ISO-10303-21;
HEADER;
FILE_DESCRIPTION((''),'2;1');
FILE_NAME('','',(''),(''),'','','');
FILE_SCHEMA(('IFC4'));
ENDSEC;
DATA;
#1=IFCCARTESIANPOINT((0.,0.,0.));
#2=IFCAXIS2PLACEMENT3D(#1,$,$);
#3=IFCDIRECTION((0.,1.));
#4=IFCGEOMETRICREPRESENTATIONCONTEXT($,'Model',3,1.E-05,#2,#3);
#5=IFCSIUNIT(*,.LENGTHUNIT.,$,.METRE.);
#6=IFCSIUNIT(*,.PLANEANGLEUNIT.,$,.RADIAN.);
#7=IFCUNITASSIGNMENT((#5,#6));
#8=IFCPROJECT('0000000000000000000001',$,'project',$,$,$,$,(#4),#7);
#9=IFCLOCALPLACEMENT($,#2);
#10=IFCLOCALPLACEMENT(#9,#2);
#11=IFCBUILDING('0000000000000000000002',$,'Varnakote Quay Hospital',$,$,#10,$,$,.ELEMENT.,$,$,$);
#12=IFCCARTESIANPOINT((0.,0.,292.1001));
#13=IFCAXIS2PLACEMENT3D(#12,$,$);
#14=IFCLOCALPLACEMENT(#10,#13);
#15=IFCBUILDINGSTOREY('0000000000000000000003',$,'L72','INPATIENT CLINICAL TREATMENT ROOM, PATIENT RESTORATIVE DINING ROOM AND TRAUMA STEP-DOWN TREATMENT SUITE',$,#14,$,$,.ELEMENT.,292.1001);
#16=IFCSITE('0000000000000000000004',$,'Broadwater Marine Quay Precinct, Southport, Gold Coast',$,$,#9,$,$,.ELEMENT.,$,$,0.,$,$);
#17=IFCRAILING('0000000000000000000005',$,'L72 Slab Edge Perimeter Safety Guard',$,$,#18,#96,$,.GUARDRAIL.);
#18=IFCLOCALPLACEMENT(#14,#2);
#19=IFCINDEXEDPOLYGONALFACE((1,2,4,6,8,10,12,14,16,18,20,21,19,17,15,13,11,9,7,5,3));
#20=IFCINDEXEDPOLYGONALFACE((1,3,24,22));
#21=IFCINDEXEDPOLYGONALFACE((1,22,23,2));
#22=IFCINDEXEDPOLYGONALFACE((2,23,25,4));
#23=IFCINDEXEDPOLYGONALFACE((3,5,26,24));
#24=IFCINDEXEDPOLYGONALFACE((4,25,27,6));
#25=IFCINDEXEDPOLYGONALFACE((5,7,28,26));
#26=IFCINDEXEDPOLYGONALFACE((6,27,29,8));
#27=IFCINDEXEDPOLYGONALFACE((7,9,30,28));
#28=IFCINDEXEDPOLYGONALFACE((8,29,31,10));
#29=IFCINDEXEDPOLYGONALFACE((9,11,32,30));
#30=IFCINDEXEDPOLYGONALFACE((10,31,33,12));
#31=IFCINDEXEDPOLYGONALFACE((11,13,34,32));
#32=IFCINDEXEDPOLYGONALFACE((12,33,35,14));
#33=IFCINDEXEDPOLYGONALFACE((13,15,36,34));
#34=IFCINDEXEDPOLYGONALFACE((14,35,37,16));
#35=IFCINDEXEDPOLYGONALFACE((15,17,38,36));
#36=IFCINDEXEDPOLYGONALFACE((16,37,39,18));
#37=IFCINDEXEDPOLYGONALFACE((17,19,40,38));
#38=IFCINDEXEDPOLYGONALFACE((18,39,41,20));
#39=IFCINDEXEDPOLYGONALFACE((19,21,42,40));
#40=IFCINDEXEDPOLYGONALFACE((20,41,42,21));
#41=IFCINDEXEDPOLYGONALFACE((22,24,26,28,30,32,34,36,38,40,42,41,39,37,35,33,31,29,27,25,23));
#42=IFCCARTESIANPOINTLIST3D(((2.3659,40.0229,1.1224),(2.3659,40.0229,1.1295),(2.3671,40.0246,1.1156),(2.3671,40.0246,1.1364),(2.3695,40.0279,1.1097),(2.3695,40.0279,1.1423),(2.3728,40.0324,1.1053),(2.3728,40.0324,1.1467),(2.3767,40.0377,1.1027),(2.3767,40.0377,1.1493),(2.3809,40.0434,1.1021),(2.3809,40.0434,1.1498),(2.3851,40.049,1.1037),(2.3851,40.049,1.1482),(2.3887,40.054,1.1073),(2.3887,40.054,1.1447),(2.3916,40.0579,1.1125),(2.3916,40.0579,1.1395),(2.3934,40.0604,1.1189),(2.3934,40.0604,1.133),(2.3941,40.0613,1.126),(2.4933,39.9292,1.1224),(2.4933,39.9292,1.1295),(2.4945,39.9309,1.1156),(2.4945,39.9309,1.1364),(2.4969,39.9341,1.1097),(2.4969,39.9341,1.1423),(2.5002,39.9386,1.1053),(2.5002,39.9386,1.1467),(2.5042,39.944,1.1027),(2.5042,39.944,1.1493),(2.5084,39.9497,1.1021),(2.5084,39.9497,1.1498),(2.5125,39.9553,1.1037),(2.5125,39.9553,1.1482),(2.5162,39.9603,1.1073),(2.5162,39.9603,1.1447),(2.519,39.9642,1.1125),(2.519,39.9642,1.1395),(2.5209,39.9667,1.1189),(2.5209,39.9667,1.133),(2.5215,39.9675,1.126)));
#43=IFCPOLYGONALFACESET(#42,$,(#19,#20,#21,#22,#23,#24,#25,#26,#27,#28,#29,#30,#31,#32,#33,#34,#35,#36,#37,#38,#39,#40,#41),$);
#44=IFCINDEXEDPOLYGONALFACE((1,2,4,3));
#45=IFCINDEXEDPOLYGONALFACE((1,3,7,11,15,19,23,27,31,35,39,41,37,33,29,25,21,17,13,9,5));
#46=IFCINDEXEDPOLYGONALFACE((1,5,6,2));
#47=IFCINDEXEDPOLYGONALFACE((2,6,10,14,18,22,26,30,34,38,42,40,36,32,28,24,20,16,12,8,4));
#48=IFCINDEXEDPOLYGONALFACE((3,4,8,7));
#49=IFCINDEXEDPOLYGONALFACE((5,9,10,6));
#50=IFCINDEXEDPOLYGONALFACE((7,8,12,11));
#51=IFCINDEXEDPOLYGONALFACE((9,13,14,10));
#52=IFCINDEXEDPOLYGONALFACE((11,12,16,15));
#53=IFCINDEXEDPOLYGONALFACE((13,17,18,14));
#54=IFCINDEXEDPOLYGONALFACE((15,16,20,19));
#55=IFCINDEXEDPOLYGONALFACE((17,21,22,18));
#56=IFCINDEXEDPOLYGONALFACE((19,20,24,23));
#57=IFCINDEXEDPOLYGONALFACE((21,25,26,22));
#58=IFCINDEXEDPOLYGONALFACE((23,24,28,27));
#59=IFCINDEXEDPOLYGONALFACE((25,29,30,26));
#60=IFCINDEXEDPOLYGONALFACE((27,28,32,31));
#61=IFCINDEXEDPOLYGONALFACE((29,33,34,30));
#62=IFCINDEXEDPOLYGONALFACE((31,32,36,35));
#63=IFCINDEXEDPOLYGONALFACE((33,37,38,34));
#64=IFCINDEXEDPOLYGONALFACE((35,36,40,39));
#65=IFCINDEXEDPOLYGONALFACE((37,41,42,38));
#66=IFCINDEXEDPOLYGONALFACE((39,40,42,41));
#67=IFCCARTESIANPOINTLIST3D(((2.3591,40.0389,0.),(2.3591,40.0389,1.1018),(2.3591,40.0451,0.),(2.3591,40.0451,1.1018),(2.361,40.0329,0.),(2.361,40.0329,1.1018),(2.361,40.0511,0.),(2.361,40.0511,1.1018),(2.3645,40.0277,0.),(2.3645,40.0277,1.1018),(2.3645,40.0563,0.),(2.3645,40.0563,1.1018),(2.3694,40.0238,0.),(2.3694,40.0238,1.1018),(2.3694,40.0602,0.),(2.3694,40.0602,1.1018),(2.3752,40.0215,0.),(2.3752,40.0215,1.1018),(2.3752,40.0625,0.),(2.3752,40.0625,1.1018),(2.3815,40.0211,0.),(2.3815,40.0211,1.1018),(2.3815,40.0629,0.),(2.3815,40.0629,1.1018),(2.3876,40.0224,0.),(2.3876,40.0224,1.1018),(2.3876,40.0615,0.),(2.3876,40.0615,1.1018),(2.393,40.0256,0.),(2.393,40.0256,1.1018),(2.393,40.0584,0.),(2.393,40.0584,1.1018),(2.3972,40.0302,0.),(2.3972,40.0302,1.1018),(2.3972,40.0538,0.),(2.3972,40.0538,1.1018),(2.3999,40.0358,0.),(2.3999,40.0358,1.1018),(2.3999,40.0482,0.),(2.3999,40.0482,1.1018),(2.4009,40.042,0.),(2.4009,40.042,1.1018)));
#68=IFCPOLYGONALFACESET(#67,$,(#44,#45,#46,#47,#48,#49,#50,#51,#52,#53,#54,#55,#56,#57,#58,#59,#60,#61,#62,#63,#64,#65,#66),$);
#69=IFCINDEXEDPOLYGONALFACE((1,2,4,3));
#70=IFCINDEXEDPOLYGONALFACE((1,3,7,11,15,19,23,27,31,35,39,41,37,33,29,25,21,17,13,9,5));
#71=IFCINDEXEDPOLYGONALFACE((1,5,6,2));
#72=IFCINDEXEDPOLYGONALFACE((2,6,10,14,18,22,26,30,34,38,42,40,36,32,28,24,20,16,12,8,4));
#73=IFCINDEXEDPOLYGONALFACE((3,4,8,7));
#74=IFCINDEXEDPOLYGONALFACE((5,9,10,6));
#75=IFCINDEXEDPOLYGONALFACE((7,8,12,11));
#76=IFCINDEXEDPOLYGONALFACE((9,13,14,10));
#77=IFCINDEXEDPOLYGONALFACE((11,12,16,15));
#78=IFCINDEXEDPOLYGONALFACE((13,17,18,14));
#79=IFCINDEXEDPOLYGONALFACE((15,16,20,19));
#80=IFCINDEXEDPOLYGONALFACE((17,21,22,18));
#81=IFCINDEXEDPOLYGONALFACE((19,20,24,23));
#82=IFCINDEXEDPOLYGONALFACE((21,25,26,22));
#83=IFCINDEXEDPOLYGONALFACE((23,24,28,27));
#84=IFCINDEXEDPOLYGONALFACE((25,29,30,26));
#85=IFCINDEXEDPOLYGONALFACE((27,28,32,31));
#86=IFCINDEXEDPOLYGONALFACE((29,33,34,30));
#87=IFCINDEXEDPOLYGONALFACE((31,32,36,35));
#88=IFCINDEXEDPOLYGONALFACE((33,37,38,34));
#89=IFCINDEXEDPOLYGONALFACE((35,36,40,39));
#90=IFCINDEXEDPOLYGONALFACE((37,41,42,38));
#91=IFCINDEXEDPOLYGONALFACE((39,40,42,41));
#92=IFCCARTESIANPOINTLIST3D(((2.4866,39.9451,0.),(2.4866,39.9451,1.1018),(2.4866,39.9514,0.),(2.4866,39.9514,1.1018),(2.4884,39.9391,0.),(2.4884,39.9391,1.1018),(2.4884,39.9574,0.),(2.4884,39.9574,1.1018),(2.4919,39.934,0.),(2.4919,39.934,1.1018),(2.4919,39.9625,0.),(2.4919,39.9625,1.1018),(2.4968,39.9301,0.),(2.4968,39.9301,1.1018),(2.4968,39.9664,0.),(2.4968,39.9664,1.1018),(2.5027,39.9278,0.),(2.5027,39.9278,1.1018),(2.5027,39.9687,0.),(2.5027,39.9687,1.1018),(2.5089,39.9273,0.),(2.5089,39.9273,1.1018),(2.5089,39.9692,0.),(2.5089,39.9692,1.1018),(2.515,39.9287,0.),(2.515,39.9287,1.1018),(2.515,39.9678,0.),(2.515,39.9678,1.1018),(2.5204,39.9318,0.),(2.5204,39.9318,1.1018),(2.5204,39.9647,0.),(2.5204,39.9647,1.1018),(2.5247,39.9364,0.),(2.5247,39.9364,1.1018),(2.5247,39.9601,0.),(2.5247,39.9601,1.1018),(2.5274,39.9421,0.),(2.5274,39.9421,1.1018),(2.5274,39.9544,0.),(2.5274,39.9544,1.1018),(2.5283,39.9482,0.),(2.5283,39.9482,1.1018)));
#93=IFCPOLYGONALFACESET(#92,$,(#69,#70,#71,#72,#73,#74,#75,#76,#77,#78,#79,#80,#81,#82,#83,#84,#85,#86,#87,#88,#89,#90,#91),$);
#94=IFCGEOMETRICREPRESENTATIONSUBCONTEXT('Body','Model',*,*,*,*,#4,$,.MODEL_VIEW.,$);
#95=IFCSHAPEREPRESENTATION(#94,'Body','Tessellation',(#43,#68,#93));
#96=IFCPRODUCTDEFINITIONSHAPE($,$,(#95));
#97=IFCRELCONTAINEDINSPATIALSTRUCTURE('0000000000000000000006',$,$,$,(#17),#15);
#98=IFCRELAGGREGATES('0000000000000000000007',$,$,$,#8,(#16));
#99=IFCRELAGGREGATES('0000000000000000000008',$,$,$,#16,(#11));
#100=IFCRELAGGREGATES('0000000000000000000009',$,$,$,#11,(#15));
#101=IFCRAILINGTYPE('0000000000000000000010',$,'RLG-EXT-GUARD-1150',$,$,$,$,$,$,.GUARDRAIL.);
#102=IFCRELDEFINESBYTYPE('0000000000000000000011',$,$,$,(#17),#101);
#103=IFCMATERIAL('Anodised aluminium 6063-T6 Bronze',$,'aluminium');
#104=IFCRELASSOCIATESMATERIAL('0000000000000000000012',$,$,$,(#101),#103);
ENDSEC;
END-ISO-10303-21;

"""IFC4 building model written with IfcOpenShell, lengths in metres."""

from ifc_helpers import new_model, si_unit, direction, frame, origin, origin_2d, place, context, subcontext, project, spatial, circle, extrude, material, type_object, element, save


model = new_model("IFC4")

# Units and contexts
model_context = context("Model", 3, precision=1e-05, world=origin(), true_north=direction((0.0, 1.0)))
body_context = subcontext(model_context, "Body", "Model", "MODEL_VIEW")
ifc_project = project(units=[si_unit("LENGTHUNIT", "METRE"), si_unit("PLANEANGLEUNIT", "RADIAN")], contexts=[model_context])

# Site, building, storey
site_placement = place(None, origin())
site = spatial("IfcSite", under=ifc_project, at=site_placement, Name="Broadwater Marine Quay Precinct, Southport, Gold Coast", CompositionType="ELEMENT", RefElevation=0.0)
building_placement = place(site_placement, origin())
building = spatial("IfcBuilding", under=site, at=building_placement, Name="Varnakote Quay Hospital", CompositionType="ELEMENT")
storey_placement = place(building_placement, frame((0.0, 0.0, 292.1001)))
storey = spatial("IfcBuildingStorey", under=building, at=storey_placement, Name="L72", Description="INPATIENT CLINICAL TREATMENT ROOM, PATIENT RESTORATIVE DINING ROOM AND TRAUMA STEP-DOWN TREATMENT SUITE", CompositionType="ELEMENT", Elevation=292.1001)

# Railing
ifc_material_1 = material(Name="Anodised aluminium 6063-T6 Bronze", Category="aluminium")
railing_type = type_object("IfcRailingType", Name="RLG-EXT-GUARD-1150", PredefinedType="GUARDRAIL", material=ifc_material_1)
railing_1_placement = place(storey_placement, frame((2.3799, 40.042, 0.0)))
element("IfcRailing", 1, at=railing_1_placement, inside=storey, type_object=railing_type, Name="L72 Slab Edge Perimeter Safety Guard", PredefinedType="GUARDRAIL", context=body_context, shape_type="SweptSolid", body=[
    extrude(circle(Radius=0.0239, at=origin_2d()), frame((0.0, 0.0, 1.126), z_axis=(0.805521, -0.592567, 0.0), x_axis=(0.592567, 0.805521, 0.0)), (0.0, 0.0, 1.0), 0.1582),
    extrude(circle(Radius=0.021, at=origin_2d()), origin(), (0.0, 0.0, 1.0), 1.1018),
    extrude(circle(Radius=0.021, at=origin_2d()), frame((0.1274, -0.0938, 0.0)), (0.0, 0.0, 1.0), 1.1018),
])

save(model, "model.ifc")
